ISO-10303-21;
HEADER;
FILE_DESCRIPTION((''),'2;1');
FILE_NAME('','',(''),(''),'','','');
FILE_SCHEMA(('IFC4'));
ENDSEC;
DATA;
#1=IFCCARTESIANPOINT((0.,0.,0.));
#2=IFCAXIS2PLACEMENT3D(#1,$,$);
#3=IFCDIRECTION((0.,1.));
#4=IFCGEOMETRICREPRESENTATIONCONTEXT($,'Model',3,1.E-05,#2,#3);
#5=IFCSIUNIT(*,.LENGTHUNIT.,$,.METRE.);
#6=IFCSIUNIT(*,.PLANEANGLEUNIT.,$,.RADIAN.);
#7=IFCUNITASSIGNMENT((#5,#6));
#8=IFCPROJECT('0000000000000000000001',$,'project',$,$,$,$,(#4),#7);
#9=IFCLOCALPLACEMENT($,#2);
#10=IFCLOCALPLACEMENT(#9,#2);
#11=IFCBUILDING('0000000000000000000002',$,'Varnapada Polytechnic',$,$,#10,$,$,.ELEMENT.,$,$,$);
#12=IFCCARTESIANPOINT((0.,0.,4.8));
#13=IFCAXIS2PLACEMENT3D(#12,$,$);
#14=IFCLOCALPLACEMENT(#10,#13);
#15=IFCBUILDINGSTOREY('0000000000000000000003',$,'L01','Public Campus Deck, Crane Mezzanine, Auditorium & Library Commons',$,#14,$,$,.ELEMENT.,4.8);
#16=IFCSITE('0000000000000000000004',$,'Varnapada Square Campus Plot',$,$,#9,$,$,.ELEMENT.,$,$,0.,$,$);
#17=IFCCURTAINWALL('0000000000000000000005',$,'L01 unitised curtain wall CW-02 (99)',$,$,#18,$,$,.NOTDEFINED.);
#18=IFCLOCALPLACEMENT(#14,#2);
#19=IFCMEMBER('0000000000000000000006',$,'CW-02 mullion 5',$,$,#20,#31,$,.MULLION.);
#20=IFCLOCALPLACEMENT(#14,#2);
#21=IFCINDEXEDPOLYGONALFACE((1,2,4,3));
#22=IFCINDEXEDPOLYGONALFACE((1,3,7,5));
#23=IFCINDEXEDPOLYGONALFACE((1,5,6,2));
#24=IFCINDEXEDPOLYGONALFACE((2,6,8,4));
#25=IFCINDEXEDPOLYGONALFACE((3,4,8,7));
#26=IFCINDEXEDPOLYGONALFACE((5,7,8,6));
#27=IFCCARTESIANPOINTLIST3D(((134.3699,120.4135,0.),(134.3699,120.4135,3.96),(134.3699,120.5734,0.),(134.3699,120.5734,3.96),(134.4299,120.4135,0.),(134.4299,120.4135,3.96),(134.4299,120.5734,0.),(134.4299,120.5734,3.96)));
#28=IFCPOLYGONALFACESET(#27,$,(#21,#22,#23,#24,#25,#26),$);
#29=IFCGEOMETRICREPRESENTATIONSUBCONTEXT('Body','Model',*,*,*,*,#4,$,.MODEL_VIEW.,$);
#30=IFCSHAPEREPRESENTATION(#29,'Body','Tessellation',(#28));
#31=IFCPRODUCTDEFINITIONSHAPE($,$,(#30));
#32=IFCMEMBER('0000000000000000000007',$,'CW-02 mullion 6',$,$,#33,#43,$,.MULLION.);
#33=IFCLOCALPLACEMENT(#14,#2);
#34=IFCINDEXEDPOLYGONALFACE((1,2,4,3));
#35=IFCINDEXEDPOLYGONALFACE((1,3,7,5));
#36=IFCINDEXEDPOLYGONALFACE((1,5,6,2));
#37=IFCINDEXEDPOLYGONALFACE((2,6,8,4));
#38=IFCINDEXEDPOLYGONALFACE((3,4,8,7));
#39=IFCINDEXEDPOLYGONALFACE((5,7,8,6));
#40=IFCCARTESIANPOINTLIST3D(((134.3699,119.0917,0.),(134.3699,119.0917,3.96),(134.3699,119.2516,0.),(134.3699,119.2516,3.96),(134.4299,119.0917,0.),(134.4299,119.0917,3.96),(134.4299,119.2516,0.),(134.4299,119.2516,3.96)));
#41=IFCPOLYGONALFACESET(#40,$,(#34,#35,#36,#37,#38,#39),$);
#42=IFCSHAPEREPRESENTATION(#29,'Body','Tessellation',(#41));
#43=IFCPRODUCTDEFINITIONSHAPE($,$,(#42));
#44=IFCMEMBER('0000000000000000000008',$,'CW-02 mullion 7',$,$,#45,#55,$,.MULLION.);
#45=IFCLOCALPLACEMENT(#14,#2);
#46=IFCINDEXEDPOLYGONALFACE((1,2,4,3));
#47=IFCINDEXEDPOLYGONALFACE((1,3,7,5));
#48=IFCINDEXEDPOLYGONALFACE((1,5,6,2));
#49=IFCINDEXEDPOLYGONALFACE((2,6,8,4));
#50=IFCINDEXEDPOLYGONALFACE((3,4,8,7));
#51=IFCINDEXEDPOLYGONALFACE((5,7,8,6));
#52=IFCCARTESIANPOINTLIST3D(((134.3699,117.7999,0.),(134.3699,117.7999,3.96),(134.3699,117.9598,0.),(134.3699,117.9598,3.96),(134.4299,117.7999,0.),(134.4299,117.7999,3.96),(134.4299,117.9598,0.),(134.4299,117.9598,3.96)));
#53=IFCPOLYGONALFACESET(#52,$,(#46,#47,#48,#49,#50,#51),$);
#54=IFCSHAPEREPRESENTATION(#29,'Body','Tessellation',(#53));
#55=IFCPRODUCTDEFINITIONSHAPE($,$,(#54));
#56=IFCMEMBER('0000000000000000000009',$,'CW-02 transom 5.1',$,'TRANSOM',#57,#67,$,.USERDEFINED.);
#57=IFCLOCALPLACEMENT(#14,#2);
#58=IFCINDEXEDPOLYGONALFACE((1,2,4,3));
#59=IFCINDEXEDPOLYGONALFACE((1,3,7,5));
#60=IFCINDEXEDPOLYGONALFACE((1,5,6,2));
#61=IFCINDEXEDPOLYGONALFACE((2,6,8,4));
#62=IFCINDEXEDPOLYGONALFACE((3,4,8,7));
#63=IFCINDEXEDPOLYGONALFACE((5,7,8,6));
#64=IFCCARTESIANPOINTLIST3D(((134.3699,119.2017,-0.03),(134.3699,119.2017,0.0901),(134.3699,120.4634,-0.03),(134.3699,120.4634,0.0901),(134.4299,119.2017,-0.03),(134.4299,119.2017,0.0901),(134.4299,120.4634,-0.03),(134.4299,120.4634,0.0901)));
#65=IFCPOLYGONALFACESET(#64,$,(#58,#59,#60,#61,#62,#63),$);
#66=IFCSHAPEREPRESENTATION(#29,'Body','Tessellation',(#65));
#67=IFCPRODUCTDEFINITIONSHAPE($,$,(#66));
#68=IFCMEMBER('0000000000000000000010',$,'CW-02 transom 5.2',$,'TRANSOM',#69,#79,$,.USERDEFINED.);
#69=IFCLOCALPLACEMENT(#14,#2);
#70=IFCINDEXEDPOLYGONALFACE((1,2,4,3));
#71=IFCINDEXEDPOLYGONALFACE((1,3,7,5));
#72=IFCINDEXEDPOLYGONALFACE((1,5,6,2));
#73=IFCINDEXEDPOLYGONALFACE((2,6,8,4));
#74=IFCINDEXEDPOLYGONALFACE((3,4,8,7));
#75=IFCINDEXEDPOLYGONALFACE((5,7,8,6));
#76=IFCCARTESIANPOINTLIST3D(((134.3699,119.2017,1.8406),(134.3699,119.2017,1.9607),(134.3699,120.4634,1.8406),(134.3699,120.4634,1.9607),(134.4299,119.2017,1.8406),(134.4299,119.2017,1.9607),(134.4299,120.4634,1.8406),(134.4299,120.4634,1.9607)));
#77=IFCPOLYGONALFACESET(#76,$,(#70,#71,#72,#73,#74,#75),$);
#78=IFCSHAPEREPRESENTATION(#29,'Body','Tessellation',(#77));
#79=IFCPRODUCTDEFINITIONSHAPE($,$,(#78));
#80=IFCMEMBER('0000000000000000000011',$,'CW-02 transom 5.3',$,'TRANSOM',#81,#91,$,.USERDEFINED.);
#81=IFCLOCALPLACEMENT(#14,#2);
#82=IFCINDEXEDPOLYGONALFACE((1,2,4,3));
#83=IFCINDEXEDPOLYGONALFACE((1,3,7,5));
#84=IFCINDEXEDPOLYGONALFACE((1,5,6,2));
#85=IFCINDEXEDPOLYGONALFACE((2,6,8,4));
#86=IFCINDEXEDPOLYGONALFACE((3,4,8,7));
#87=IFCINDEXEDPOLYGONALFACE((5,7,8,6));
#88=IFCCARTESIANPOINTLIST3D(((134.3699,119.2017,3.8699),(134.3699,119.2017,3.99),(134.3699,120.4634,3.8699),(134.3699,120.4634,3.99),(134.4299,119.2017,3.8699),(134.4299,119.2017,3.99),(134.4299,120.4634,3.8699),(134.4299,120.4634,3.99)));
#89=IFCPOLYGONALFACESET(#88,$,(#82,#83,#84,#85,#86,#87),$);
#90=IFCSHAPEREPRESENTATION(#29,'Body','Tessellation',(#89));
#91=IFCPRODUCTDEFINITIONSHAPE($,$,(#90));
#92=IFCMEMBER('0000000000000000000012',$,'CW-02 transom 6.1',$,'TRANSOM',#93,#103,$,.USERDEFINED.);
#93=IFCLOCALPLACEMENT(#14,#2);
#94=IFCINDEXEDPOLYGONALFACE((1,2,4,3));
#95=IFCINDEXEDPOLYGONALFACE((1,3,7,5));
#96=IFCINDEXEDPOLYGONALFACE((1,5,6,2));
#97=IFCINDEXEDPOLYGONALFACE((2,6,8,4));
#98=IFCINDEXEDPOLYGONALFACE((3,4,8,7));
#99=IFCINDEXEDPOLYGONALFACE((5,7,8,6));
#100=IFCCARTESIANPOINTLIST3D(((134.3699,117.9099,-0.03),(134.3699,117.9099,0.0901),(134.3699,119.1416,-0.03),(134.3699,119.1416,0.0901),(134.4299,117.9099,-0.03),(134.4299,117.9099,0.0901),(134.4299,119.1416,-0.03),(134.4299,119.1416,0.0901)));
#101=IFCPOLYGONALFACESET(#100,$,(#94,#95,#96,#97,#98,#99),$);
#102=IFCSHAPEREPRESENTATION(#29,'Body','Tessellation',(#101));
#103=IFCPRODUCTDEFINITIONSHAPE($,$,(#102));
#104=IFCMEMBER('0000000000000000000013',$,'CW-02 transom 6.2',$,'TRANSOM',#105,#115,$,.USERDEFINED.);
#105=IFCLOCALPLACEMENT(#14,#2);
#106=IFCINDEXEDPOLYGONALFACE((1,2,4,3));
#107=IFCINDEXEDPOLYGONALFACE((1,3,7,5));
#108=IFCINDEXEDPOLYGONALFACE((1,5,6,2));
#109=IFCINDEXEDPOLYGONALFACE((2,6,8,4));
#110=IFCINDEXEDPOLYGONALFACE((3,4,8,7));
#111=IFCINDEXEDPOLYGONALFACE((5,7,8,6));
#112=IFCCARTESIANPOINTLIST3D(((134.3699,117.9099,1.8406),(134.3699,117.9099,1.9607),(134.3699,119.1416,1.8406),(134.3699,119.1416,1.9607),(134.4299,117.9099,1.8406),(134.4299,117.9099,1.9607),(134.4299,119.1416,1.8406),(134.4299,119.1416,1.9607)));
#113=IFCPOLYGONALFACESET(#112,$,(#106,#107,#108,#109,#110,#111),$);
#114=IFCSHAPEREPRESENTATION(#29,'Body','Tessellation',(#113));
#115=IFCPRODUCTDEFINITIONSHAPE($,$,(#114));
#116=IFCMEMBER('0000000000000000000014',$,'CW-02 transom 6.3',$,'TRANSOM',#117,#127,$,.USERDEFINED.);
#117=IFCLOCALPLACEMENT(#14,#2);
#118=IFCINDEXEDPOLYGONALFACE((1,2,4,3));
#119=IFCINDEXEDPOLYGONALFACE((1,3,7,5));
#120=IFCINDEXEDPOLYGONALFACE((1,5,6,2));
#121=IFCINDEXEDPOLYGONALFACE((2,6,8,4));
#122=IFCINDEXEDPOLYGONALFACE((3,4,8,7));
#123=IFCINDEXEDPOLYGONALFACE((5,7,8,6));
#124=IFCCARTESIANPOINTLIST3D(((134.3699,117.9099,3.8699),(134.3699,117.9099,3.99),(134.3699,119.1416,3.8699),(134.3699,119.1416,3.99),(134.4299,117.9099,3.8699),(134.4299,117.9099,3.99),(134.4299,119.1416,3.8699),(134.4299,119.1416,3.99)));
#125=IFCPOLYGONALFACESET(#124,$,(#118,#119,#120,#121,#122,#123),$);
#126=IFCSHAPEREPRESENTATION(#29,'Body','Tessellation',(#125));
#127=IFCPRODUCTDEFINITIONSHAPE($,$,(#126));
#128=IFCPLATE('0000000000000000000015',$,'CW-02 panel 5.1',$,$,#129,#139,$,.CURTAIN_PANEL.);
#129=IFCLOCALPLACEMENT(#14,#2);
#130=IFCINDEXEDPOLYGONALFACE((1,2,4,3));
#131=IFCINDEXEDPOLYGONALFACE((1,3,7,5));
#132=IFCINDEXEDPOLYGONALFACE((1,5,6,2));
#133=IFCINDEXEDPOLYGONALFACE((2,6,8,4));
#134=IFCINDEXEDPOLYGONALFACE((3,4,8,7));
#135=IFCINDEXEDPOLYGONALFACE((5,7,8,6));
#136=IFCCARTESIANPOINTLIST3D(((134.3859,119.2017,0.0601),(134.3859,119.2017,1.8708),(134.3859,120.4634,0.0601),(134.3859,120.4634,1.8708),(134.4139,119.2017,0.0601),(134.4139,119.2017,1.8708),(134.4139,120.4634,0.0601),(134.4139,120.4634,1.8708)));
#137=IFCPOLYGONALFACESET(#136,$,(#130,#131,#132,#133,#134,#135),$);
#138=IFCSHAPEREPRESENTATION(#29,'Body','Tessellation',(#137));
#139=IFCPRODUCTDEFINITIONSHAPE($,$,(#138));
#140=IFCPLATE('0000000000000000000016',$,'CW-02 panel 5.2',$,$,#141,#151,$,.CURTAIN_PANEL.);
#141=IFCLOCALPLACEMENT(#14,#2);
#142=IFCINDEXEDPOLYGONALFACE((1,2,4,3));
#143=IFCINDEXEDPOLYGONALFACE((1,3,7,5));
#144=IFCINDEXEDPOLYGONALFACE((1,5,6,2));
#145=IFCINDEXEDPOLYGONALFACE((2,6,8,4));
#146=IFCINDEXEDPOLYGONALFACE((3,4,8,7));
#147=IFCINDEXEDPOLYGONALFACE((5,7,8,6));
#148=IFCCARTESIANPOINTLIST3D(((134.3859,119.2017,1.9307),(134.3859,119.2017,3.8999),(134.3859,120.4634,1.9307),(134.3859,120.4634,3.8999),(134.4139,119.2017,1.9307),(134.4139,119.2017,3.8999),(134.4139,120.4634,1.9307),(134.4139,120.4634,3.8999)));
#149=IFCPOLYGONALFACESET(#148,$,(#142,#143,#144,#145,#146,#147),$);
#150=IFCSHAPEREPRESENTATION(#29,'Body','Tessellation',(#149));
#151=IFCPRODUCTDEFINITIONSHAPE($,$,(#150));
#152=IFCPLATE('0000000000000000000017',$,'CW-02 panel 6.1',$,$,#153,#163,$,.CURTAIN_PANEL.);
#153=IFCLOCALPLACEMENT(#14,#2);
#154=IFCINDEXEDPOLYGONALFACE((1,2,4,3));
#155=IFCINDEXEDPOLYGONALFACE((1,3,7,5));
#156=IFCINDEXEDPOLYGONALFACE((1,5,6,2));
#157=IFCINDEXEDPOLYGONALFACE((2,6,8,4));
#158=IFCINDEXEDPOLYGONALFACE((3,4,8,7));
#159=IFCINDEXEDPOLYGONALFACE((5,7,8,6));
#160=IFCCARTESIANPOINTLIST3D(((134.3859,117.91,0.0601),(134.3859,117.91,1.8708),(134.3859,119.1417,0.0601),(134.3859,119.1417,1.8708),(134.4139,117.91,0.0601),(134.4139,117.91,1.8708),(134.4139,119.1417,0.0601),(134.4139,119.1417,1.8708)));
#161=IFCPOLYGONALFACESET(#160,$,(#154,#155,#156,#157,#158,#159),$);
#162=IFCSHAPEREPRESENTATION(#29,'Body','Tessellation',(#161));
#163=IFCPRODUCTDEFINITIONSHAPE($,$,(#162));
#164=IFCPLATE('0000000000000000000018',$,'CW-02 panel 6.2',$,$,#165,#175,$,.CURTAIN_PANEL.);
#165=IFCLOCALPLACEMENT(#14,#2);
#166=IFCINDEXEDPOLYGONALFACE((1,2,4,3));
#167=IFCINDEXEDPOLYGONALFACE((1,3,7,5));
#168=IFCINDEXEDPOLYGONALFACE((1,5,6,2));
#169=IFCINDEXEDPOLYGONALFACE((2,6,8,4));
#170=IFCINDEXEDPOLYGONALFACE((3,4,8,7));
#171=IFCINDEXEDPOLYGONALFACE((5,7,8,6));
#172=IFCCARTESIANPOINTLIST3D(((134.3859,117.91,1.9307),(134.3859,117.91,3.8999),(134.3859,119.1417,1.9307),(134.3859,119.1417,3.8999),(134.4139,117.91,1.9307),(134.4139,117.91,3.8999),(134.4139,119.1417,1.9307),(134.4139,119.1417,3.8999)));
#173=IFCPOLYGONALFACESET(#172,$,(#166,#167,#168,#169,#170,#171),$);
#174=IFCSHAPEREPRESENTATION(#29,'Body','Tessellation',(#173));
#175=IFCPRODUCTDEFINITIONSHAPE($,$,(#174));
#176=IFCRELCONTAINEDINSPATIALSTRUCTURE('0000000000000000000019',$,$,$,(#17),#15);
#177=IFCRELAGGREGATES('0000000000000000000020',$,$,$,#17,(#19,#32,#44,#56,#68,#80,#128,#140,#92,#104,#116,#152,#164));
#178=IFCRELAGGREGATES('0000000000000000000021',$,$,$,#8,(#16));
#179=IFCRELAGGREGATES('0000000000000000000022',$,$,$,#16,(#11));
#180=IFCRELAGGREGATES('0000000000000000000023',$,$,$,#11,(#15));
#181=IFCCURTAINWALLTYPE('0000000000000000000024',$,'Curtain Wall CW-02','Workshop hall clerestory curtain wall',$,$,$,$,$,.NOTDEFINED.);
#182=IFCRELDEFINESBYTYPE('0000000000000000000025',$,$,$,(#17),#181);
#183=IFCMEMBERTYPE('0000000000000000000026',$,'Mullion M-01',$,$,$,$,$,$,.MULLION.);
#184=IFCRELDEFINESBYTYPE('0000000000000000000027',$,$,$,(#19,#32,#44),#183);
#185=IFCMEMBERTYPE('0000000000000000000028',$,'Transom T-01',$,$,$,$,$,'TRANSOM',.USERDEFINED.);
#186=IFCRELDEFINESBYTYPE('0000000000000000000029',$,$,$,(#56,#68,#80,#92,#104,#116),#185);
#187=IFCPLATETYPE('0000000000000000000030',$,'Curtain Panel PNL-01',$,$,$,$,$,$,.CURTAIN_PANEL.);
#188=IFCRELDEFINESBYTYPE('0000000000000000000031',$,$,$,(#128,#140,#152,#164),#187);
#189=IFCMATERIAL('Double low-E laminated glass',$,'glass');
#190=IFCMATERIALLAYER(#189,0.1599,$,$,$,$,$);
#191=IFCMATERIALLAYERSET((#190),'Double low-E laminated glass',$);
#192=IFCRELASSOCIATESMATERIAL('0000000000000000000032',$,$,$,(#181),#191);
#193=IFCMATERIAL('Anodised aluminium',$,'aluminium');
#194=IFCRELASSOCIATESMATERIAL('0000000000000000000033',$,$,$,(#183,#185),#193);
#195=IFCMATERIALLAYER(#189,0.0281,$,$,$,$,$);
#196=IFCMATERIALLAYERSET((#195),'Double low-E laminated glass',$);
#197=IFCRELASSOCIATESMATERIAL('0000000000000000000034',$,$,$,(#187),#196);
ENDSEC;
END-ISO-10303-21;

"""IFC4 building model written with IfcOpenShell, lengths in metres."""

from ifc_helpers import new_model, si_unit, direction, frame, origin, origin_2d, place, context, subcontext, project, spatial, rectangle, extrude, material, layer, layer_set, material_profile, profile_set, type_object, element, aggregate, save


model = new_model("IFC4")

# Units and contexts
model_context = context("Model", 3, precision=1e-05, world=origin(), true_north=direction((0.0, 1.0)))
body_context = subcontext(model_context, "Body", "Model", "MODEL_VIEW")
ifc_project = project(units=[si_unit("LENGTHUNIT", "METRE"), si_unit("PLANEANGLEUNIT", "RADIAN")], contexts=[model_context])

# Site, building, storey
site_placement = place(None, origin())
site = spatial("IfcSite", under=ifc_project, at=site_placement, Name="Varnapada Square Campus Plot", CompositionType="ELEMENT", RefElevation=0.0)
building_placement = place(site_placement, origin())
building = spatial("IfcBuilding", under=site, at=building_placement, Name="Varnapada Polytechnic", CompositionType="ELEMENT")
storey_placement = place(building_placement, frame((0.0, 0.0, 4.8)))
storey = spatial("IfcBuildingStorey", under=building, at=storey_placement, Name="L01", Description="Public Campus Deck, Crane Mezzanine, Auditorium & Library Commons", CompositionType="ELEMENT", Elevation=4.8)

# Curtain wall, members, plates
ifc_material_1 = material(Name="Double low-E laminated glass", Category="glass")
ifc_layer_1 = layer(ifc_material_1, 0.1599)
ifc_layer_set_1 = layer_set([ifc_layer_1], Name="Double low-E laminated glass")
curtain_wall_type = type_object("IfcCurtainWallType", Name="Curtain Wall CW-02", Description="Workshop hall clerestory curtain wall", PredefinedType="NOTDEFINED", material=ifc_layer_set_1)
curtain_wall_placement = place(storey_placement, origin())
curtain_wall = element("IfcCurtainWall", 1, at=curtain_wall_placement, inside=storey, type_object=curtain_wall_type, Name="L01 unitised curtain wall CW-02 (99)", PredefinedType="NOTDEFINED")
ifc_material_2 = material(Name="Anodised aluminium", Category="aluminium")
ifc_material_profile_1 = material_profile(ifc_material_2, rectangle(XDim=0.0601, YDim=0.1599, at=origin_2d()), Name="ALU M60x160")
ifc_profile_set_1 = profile_set([ifc_material_profile_1], Name="Anodised aluminium")
member_type_1 = type_object("IfcMemberType", Name="Mullion M-01", PredefinedType="MULLION", material=ifc_profile_set_1)
member_1_placement = place(storey_placement, frame((134.3999, 120.4934, 0.0), z_axis=(0.0, 0.0, 1.0), x_axis=(1.0, 0.0, 0.0)))
member_1 = element("IfcMember", 2, at=member_1_placement, type_object=member_type_1, Name="CW-02 mullion 5", PredefinedType="MULLION", context=body_context, shape_type="SweptSolid", body=[
    extrude(rectangle(XDim=0.0601, YDim=0.1599, at=origin_2d()), origin(), (0.0, 0.0, 1.0), 3.96),
])
member_2_placement = place(storey_placement, frame((134.3999, 119.1716, 0.0), z_axis=(0.0, 0.0, 1.0), x_axis=(1.0, 0.0, 0.0)))
member_2 = element("IfcMember", 3, at=member_2_placement, type_object=member_type_1, Name="CW-02 mullion 6", PredefinedType="MULLION", context=body_context, shape_type="SweptSolid", body=[
    extrude(rectangle(XDim=0.0601, YDim=0.1599, at=origin_2d()), origin(), (0.0, 0.0, 1.0), 3.96),
])
member_3_placement = place(storey_placement, frame((134.3999, 117.8799, 0.0), z_axis=(0.0, 0.0, 1.0), x_axis=(1.0, 0.0, 0.0)))
member_3 = element("IfcMember", 4, at=member_3_placement, type_object=member_type_1, Name="CW-02 mullion 7", PredefinedType="MULLION", context=body_context, shape_type="SweptSolid", body=[
    extrude(rectangle(XDim=0.0601, YDim=0.1599, at=origin_2d()), origin(), (0.0, 0.0, 1.0), 3.96),
])
ifc_material_profile_2 = material_profile(ifc_material_2, rectangle(XDim=0.0601, YDim=0.1201, at=origin_2d()), Name="ALU T60x120")
ifc_profile_set_2 = profile_set([ifc_material_profile_2], Name="Anodised aluminium")
member_type_2 = type_object("IfcMemberType", Name="Transom T-01", ElementType="TRANSOM", PredefinedType="USERDEFINED", material=ifc_profile_set_2)
member_4_placement = place(storey_placement, frame((134.3999, 120.4634, 0.03), z_axis=(0.0, -1.0, 0.0), x_axis=(1.0, 0.0, 0.0)))
member_4 = element("IfcMember", 5, at=member_4_placement, type_object=member_type_2, Name="CW-02 transom 5.1", ObjectType="TRANSOM", PredefinedType="USERDEFINED", context=body_context, shape_type="SweptSolid", body=[
    extrude(rectangle(XDim=0.0601, YDim=0.1201, at=origin_2d()), origin(), (0.0, 0.0, 1.0), 1.2617),
])
member_5_placement = place(storey_placement, frame((134.3999, 120.4634, 1.9006), z_axis=(0.0, -1.0, 0.0), x_axis=(1.0, 0.0, 0.0)))
member_5 = element("IfcMember", 6, at=member_5_placement, type_object=member_type_2, Name="CW-02 transom 5.2", ObjectType="TRANSOM", PredefinedType="USERDEFINED", context=body_context, shape_type="SweptSolid", body=[
    extrude(rectangle(XDim=0.0601, YDim=0.1201, at=origin_2d()), origin(), (0.0, 0.0, 1.0), 1.2617),
])
member_6_placement = place(storey_placement, frame((134.3999, 120.4634, 3.9299), z_axis=(0.0, -1.0, 0.0), x_axis=(1.0, 0.0, 0.0)))
member_6 = element("IfcMember", 7, at=member_6_placement, type_object=member_type_2, Name="CW-02 transom 5.3", ObjectType="TRANSOM", PredefinedType="USERDEFINED", context=body_context, shape_type="SweptSolid", body=[
    extrude(rectangle(XDim=0.0601, YDim=0.1201, at=origin_2d()), origin(), (0.0, 0.0, 1.0), 1.2617),
])
member_7_placement = place(storey_placement, frame((134.3999, 119.1416, 0.03), z_axis=(0.0, -1.0, 0.0), x_axis=(1.0, 0.0, 0.0)))
member_7 = element("IfcMember", 8, at=member_7_placement, type_object=member_type_2, Name="CW-02 transom 6.1", ObjectType="TRANSOM", PredefinedType="USERDEFINED", context=body_context, shape_type="SweptSolid", body=[
    extrude(rectangle(XDim=0.0601, YDim=0.1201, at=origin_2d()), origin(), (0.0, 0.0, 1.0), 1.2317),
])
member_8_placement = place(storey_placement, frame((134.3999, 119.1416, 1.9006), z_axis=(0.0, -1.0, 0.0), x_axis=(1.0, 0.0, 0.0)))
member_8 = element("IfcMember", 9, at=member_8_placement, type_object=member_type_2, Name="CW-02 transom 6.2", ObjectType="TRANSOM", PredefinedType="USERDEFINED", context=body_context, shape_type="SweptSolid", body=[
    extrude(rectangle(XDim=0.0601, YDim=0.1201, at=origin_2d()), origin(), (0.0, 0.0, 1.0), 1.2317),
])
member_9_placement = place(storey_placement, frame((134.3999, 119.1416, 3.9299), z_axis=(0.0, -1.0, 0.0), x_axis=(1.0, 0.0, 0.0)))
member_9 = element("IfcMember", 10, at=member_9_placement, type_object=member_type_2, Name="CW-02 transom 6.3", ObjectType="TRANSOM", PredefinedType="USERDEFINED", context=body_context, shape_type="SweptSolid", body=[
    extrude(rectangle(XDim=0.0601, YDim=0.1201, at=origin_2d()), origin(), (0.0, 0.0, 1.0), 1.2317),
])
ifc_layer_2 = layer(ifc_material_1, 0.0281)
ifc_layer_set_2 = layer_set([ifc_layer_2], Name="Double low-E laminated glass")
plate_type = type_object("IfcPlateType", Name="Curtain Panel PNL-01", PredefinedType="CURTAIN_PANEL", material=ifc_layer_set_2)
plate_1_placement = place(storey_placement, frame((134.3999, 119.8325, 0.0601), z_axis=(0.0, 0.0, 1.0), x_axis=(0.0, -1.0, 0.0)))
plate_1 = element("IfcPlate", 11, at=plate_1_placement, type_object=plate_type, Name="CW-02 panel 5.1", PredefinedType="CURTAIN_PANEL", context=body_context, shape_type="SweptSolid", body=[
    extrude(rectangle(XDim=1.2617, YDim=0.0281, at=origin_2d()), origin(), (0.0, 0.0, 1.0), 1.8108),
])
plate_2_placement = place(storey_placement, frame((134.3999, 119.8325, 1.9307), z_axis=(0.0, 0.0, 1.0), x_axis=(0.0, -1.0, 0.0)))
plate_2 = element("IfcPlate", 12, at=plate_2_placement, type_object=plate_type, Name="CW-02 panel 5.2", PredefinedType="CURTAIN_PANEL", context=body_context, shape_type="SweptSolid", body=[
    extrude(rectangle(XDim=1.2617, YDim=0.0281, at=origin_2d()), origin(), (0.0, 0.0, 1.0), 1.9692),
])
plate_3_placement = place(storey_placement, frame((134.3999, 118.5259, 0.0601), z_axis=(0.0, 0.0, 1.0), x_axis=(0.0, -1.0, 0.0)))
plate_3 = element("IfcPlate", 13, at=plate_3_placement, type_object=plate_type, Name="CW-02 panel 6.1", PredefinedType="CURTAIN_PANEL", context=body_context, shape_type="SweptSolid", body=[
    extrude(rectangle(XDim=1.2317, YDim=0.0281, at=origin_2d()), origin(), (0.0, 0.0, 1.0), 1.8108),
])
plate_4_placement = place(storey_placement, frame((134.3999, 118.5259, 1.9307), z_axis=(0.0, 0.0, 1.0), x_axis=(0.0, -1.0, 0.0)))
plate_4 = element("IfcPlate", 14, at=plate_4_placement, type_object=plate_type, Name="CW-02 panel 6.2", PredefinedType="CURTAIN_PANEL", context=body_context, shape_type="SweptSolid", body=[
    extrude(rectangle(XDim=1.2317, YDim=0.0281, at=origin_2d()), origin(), (0.0, 0.0, 1.0), 1.9692),
])
aggregate(curtain_wall, [member_1, member_2, member_3, member_4, member_5, member_6, plate_1, plate_2, member_7, member_8, member_9, plate_3, plate_4])

save(model, "model.ifc")
